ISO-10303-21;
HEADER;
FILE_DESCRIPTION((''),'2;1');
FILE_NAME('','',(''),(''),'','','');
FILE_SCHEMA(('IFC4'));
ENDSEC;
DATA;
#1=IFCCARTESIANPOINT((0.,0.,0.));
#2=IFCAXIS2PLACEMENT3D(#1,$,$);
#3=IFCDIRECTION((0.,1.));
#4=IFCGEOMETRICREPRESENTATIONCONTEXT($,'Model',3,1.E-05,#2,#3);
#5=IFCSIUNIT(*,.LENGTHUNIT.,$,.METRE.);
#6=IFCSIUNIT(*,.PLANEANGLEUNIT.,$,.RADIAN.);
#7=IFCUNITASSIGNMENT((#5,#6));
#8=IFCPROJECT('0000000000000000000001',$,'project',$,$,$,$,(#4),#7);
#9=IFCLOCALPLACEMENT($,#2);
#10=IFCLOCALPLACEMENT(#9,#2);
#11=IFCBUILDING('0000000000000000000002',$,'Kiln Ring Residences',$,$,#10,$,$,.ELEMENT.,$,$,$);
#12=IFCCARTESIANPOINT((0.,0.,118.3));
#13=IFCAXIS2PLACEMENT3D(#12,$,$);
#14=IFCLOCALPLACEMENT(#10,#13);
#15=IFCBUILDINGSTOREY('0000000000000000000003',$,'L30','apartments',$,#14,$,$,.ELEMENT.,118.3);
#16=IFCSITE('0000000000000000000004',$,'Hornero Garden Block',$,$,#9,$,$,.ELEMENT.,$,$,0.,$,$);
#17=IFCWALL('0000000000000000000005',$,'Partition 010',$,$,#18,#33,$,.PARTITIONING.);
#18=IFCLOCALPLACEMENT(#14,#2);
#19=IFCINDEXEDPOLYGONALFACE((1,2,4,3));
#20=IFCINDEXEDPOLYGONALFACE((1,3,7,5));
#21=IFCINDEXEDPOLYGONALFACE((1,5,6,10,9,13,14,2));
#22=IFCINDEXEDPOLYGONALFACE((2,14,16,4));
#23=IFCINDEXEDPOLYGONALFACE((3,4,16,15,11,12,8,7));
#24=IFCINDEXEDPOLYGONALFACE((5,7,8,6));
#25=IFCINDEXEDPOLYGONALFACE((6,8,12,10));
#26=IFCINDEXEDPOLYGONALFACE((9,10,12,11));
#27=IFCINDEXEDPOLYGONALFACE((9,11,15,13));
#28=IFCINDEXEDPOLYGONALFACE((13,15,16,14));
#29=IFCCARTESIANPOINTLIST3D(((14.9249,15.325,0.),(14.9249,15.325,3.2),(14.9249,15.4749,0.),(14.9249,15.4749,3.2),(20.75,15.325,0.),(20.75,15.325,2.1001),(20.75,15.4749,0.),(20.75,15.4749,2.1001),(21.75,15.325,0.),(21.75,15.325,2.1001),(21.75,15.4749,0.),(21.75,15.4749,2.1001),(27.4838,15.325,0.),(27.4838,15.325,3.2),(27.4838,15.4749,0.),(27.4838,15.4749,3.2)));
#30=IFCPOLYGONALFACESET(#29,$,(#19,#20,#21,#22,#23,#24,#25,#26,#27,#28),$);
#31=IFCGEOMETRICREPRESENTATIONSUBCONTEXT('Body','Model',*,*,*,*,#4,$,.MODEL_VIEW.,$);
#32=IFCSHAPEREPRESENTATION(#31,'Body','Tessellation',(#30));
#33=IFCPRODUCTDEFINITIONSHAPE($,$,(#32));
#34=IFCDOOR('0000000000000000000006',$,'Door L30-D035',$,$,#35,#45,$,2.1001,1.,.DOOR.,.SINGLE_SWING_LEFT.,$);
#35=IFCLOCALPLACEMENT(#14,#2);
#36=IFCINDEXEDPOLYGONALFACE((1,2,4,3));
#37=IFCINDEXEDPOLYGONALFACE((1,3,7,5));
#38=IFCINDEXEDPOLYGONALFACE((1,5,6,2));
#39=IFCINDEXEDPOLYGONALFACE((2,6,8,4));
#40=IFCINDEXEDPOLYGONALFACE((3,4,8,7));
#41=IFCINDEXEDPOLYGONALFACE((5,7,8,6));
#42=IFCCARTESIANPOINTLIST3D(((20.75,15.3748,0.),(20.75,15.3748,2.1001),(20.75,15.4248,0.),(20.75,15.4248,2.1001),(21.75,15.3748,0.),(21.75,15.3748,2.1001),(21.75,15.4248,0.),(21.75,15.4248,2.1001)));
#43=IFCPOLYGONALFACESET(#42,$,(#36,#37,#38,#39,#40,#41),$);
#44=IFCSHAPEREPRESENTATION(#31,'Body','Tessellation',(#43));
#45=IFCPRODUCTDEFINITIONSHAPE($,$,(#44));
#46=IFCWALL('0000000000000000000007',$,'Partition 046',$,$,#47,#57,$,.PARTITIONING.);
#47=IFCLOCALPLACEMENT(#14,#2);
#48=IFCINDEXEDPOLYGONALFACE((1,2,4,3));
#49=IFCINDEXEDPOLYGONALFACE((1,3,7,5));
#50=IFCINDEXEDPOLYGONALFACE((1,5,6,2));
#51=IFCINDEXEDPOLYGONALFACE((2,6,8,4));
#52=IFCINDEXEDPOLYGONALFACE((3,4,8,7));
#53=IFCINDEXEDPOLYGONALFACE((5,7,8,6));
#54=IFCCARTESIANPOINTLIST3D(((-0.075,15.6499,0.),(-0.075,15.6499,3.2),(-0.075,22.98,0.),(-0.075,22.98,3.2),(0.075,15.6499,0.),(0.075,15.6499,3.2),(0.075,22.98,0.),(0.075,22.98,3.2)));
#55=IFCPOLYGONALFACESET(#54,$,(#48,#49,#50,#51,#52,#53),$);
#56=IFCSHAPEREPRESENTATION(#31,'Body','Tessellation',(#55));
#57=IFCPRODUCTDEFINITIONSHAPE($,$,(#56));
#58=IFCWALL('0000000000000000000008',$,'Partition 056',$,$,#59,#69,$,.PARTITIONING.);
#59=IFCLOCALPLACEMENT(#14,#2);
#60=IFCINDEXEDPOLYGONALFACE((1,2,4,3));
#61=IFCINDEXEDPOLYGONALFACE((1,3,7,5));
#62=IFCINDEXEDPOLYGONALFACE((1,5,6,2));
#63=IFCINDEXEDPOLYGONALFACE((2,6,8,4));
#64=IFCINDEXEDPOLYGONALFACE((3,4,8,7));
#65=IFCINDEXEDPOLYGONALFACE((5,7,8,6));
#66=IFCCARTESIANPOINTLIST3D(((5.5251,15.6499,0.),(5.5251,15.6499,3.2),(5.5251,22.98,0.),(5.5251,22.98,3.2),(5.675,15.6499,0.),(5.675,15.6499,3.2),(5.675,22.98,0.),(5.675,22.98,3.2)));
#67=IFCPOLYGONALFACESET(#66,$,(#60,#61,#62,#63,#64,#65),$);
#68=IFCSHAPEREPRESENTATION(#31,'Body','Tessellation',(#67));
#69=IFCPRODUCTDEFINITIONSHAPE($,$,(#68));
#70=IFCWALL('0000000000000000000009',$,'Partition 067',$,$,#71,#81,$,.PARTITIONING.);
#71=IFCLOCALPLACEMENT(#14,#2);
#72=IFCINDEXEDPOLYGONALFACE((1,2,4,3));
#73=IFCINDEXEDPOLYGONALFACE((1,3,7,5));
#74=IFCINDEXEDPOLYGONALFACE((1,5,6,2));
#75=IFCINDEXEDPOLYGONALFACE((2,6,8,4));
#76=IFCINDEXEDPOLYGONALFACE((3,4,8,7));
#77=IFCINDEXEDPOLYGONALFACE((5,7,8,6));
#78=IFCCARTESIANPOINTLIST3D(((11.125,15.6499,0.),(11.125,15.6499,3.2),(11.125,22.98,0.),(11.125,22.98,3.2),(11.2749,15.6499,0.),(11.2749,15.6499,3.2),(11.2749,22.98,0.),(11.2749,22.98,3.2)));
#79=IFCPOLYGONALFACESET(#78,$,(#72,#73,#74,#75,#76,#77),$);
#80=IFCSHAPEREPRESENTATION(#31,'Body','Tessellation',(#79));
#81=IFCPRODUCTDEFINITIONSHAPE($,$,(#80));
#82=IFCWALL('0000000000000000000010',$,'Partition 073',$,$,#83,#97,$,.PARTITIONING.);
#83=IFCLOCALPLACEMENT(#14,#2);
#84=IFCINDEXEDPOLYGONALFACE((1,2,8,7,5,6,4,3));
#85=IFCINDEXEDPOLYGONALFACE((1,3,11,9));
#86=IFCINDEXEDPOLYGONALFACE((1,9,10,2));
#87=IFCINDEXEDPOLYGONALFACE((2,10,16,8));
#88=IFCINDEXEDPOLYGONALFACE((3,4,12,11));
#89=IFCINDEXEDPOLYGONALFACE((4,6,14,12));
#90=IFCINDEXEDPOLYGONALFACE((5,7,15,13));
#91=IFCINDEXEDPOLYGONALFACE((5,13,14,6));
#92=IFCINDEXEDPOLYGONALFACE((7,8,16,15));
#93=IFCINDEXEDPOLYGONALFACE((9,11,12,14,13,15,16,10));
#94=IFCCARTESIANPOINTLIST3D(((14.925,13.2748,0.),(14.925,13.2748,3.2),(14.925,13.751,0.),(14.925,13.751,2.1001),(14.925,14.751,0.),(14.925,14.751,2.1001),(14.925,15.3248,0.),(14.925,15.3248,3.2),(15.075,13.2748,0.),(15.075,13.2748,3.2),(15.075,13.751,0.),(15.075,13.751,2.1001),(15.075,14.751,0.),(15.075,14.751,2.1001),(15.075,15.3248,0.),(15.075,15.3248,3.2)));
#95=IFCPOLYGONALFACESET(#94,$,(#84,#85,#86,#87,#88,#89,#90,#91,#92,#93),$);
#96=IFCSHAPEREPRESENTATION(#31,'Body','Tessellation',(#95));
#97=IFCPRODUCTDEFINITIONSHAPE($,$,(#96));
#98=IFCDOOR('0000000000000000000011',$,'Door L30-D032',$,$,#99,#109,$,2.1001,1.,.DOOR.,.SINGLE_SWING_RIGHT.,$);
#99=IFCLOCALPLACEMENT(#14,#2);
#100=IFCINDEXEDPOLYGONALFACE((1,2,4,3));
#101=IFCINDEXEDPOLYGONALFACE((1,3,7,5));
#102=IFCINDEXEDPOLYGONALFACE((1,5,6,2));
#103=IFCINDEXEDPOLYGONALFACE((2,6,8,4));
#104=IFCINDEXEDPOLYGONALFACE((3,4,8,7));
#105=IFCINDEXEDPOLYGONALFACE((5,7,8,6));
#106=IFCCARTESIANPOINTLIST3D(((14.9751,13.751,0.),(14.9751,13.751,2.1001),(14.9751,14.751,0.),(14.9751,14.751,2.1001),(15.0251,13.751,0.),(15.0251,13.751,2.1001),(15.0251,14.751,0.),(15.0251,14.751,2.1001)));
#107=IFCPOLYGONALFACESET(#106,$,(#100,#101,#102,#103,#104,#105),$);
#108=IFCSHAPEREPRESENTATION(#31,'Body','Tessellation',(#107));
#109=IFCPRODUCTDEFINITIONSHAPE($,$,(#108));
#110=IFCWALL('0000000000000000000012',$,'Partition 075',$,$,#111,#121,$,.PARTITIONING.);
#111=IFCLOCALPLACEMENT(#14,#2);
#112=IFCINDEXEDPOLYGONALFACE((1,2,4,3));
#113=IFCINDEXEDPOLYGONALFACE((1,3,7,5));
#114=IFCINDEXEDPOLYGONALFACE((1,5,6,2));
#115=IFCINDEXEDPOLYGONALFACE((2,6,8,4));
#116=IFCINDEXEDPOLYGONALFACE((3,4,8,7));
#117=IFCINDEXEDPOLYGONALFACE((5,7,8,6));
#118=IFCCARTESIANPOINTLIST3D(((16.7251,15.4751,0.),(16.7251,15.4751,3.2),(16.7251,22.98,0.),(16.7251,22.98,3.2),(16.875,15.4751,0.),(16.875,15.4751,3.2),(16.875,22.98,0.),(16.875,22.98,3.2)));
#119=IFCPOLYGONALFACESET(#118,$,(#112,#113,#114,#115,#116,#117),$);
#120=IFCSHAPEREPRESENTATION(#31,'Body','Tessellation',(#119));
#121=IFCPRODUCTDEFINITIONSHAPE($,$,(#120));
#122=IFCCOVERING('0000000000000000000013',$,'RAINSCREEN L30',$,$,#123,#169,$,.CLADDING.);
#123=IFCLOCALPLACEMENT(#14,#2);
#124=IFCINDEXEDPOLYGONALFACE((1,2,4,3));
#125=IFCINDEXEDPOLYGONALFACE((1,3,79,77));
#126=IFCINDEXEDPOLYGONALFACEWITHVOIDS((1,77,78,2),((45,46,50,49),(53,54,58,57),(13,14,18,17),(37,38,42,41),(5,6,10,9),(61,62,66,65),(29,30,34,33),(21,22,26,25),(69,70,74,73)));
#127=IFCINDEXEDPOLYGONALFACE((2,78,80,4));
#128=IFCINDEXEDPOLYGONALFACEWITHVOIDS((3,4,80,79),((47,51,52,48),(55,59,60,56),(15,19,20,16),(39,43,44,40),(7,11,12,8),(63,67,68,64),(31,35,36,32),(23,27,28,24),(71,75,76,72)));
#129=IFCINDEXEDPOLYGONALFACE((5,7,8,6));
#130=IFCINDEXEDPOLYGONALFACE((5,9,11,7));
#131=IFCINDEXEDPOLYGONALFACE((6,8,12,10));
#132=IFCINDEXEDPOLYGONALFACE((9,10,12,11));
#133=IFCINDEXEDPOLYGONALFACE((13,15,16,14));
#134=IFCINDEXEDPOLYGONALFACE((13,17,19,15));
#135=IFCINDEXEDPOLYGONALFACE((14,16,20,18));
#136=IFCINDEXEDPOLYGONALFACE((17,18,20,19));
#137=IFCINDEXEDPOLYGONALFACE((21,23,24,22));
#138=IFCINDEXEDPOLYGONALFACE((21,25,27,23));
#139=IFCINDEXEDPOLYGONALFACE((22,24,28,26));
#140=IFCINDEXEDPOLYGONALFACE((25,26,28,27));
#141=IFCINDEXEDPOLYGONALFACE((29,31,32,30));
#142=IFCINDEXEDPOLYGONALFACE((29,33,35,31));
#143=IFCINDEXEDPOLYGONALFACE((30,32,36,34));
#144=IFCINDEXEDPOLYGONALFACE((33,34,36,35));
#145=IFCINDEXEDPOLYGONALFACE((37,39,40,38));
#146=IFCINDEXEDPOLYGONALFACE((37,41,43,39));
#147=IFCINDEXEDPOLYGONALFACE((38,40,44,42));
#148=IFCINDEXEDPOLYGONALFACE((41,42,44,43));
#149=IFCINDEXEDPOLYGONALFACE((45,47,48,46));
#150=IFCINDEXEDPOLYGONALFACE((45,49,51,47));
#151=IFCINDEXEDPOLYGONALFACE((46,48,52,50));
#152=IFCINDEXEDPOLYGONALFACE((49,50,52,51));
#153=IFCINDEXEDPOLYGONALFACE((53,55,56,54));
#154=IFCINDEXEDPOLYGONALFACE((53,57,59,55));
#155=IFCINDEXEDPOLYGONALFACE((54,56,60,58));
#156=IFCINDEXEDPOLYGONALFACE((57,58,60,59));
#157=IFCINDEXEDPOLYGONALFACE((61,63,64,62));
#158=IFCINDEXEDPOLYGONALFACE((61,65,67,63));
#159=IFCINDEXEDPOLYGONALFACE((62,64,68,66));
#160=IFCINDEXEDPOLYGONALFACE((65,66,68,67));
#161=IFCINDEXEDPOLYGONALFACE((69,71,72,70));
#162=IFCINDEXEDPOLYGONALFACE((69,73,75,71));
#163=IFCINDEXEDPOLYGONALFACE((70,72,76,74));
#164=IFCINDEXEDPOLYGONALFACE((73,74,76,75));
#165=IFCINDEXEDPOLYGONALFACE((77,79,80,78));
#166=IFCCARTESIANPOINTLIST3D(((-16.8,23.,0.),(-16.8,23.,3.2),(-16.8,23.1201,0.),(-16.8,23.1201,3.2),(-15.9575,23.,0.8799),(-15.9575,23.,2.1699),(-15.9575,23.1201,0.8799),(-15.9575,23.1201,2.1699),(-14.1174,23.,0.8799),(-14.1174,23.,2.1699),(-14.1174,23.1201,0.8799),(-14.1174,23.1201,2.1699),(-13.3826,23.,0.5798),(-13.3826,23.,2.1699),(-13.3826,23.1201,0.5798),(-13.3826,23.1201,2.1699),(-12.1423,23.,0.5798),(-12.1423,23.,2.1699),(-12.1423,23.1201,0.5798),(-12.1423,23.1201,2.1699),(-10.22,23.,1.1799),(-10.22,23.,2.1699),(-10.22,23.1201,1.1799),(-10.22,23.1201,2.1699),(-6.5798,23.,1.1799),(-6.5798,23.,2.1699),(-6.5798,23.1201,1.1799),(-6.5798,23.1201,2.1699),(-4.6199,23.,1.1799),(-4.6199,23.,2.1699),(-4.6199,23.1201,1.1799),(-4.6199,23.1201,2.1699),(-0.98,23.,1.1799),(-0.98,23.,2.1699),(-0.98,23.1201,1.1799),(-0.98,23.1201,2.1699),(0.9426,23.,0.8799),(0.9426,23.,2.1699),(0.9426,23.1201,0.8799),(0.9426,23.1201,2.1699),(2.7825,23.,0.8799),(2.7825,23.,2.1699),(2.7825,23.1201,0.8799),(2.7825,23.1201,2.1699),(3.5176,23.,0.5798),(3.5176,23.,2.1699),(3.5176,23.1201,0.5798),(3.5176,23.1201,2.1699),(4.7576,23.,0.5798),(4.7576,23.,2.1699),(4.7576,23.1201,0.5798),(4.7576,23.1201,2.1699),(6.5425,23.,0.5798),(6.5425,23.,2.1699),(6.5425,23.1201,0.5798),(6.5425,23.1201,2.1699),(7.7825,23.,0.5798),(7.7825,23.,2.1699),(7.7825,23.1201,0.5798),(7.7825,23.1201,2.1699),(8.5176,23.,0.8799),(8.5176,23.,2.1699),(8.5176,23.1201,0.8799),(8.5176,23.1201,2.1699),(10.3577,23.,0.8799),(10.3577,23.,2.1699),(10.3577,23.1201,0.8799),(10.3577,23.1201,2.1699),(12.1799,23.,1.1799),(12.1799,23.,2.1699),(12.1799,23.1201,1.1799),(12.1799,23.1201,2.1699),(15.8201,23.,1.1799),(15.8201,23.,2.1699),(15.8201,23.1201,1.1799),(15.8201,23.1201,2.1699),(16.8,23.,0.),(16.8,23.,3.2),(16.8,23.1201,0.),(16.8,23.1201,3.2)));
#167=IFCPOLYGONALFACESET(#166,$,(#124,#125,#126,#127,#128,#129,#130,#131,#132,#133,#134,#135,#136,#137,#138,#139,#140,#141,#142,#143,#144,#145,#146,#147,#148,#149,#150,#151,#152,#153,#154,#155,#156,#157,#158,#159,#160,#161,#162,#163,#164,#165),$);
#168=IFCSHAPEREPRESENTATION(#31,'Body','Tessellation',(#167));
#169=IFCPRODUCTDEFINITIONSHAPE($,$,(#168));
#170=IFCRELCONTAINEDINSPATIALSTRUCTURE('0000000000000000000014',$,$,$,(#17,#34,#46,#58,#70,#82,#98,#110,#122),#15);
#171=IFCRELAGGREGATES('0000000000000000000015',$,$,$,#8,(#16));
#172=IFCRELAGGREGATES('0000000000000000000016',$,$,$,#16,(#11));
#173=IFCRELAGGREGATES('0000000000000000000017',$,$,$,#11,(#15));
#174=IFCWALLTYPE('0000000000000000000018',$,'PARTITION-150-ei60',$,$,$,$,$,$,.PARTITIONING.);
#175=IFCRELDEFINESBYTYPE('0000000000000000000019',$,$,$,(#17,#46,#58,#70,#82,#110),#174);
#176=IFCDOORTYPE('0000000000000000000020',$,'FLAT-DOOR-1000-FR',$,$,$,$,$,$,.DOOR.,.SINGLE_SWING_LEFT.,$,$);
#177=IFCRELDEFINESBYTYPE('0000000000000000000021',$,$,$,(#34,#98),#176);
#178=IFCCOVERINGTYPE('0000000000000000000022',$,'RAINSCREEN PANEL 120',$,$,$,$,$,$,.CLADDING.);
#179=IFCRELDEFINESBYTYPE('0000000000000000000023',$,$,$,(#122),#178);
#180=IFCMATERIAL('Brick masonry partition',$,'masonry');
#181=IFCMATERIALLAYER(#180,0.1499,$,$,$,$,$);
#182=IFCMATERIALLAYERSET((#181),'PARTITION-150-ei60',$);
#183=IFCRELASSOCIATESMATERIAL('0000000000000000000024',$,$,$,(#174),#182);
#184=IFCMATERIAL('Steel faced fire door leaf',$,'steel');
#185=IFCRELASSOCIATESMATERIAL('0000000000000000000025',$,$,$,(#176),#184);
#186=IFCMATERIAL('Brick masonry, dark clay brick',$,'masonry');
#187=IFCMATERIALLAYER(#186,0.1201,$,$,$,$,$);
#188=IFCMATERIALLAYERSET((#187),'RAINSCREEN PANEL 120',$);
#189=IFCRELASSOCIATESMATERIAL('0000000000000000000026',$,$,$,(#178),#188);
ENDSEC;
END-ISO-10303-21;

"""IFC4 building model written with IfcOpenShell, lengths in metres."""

from ifc_helpers import new_model, si_unit, direction, frame, frame_2d, origin, place, context, subcontext, project, spatial, polyline, rectangle, outline, extrude, material, layer, layer_set, type_object, element, fill, save


model = new_model("IFC4")

# Units and contexts
model_context = context("Model", 3, precision=1e-05, world=origin(), true_north=direction((0.0, 1.0)))
body_context = subcontext(model_context, "Body", "Model", "MODEL_VIEW")
ifc_project = project(units=[si_unit("LENGTHUNIT", "METRE"), si_unit("PLANEANGLEUNIT", "RADIAN")], contexts=[model_context])

# Site, building, storey
site_placement = place(None, origin())
site = spatial("IfcSite", under=ifc_project, at=site_placement, Name="Hornero Garden Block", CompositionType="ELEMENT", RefElevation=0.0)
building_placement = place(site_placement, origin())
building = spatial("IfcBuilding", under=site, at=building_placement, Name="Kiln Ring Residences", CompositionType="ELEMENT")
storey_placement = place(building_placement, frame((0.0, 0.0, 118.3)))
storey = spatial("IfcBuildingStorey", under=building, at=storey_placement, Name="L30", Description="apartments", CompositionType="ELEMENT", Elevation=118.3)

# Wall, opening, door
ifc_material_1 = material(Name="Brick masonry partition", Category="masonry")
ifc_layer_1 = layer(ifc_material_1, 0.1499)
ifc_layer_set_1 = layer_set([ifc_layer_1], Name="PARTITION-150-ei60")
wall_type_1 = type_object("IfcWallType", Name="PARTITION-150-ei60", PredefinedType="PARTITIONING", material=ifc_layer_set_1)
wall_1_placement = place(storey_placement, frame((14.925, 15.3999, 0.0), z_axis=(0.0, 0.0, 1.0), x_axis=(1.0, 0.0, 0.0)))
wall_1 = element("IfcWall", 1, at=wall_1_placement, inside=storey, type_object=wall_type_1, Name="Partition 010", PredefinedType="PARTITIONING", context=body_context, shape_type="SweptSolid", body=[
    extrude(rectangle(XDim=12.5588, YDim=0.1499, at=frame_2d((6.2793, 0.0))), origin(), (0.0, 0.0, 1.0), 3.2),
])
opening_1_placement = place(wall_1_placement, frame((5.825, 0.0, 0.0)))
opening_1 = element("IfcOpeningElement", 2, at=opening_1_placement, cuts=wall_1, PredefinedType="OPENING", context=body_context, shape_type="SweptSolid", body=[
    extrude(rectangle(XDim=1.0, YDim=2.1001, at=frame_2d((0.5, 1.05))), frame((0.0, 0.085, 0.0), z_axis=(0.0, -1.0, 0.0), x_axis=(1.0, 0.0, 0.0)), (0.0, 0.0, 1.0), 0.1699),
])
ifc_material_2 = material(Name="Steel faced fire door leaf", Category="steel")
door_type_1 = type_object("IfcDoorType", Name="FLAT-DOOR-1000-FR", OperationType="SINGLE_SWING_LEFT", PredefinedType="DOOR", material=ifc_material_2)
door_1_placement = place(opening_1_placement, origin())
door_1 = element("IfcDoor", 3, at=door_1_placement, inside=storey, type_object=door_type_1, Name="Door L30-D035", OperationType="SINGLE_SWING_LEFT", OverallHeight=2.1001, OverallWidth=1.0, PredefinedType="DOOR", context=body_context, shape_type="SweptSolid", body=[
    extrude(rectangle(XDim=1.0, YDim=2.1001, at=frame_2d((0.5, 1.05))), frame((0.0, 0.0249, 0.0), z_axis=(0.0, -1.0, 0.0), x_axis=(1.0, 0.0, 0.0)), (0.0, 0.0, 1.0), 0.05),
])
fill(opening_1, door_1)

# Walls
for number, where, z_axis, x_axis, name in (
    (4, (0.0, 15.6499, 0.0), (0.0, 0.0, 1.0), (0.0, 1.0, 0.0), "Partition 046"),
    (5, (5.6001, 15.6499, 0.0), (0.0, 0.0, 1.0), (0.0, 1.0, 0.0), "Partition 056"),
    (6, (11.2, 15.6499, 0.0), (0.0, 0.0, 1.0), (0.0, 1.0, 0.0), "Partition 067"),
):
    element("IfcWall", number, at=place(storey_placement, frame(where, z_axis=z_axis, x_axis=x_axis)), inside=storey, type_object=wall_type_1, Name=name, PredefinedType="PARTITIONING", context=body_context, shape_type="SweptSolid", body=[
        extrude(rectangle(XDim=7.3301, YDim=0.1499, at=frame_2d((3.665, 0.0))), origin(), (0.0, 0.0, 1.0), 3.2),
    ])

# Wall, opening, door
wall_2_placement = place(storey_placement, frame((15.0, 13.2749, 0.0), z_axis=(0.0, 0.0, 1.0), x_axis=(0.0, 1.0, 0.0)))
wall_2 = element("IfcWall", 7, at=wall_2_placement, inside=storey, type_object=wall_type_1, Name="Partition 073", PredefinedType="PARTITIONING", context=body_context, shape_type="SweptSolid", body=[
    extrude(rectangle(XDim=2.05, YDim=0.1499, at=frame_2d((1.0249, 0.0))), origin(), (0.0, 0.0, 1.0), 3.2),
])
opening_2_placement = place(wall_2_placement, frame((0.4761, 0.0, 0.0)))
opening_2 = element("IfcOpeningElement", 8, at=opening_2_placement, cuts=wall_2, PredefinedType="OPENING", context=body_context, shape_type="SweptSolid", body=[
    extrude(rectangle(XDim=1.0, YDim=2.1001, at=frame_2d((0.5, 1.05))), frame((0.0, 0.085, 0.0), z_axis=(0.0, -1.0, 0.0), x_axis=(1.0, 0.0, 0.0)), (0.0, 0.0, 1.0), 0.1699),
])
door_2_placement = place(opening_2_placement, origin())
door_2 = element("IfcDoor", 9, at=door_2_placement, inside=storey, type_object=door_type_1, Name="Door L30-D032", OperationType="SINGLE_SWING_RIGHT", OverallHeight=2.1001, OverallWidth=1.0, PredefinedType="DOOR", context=body_context, shape_type="SweptSolid", body=[
    extrude(rectangle(XDim=1.0, YDim=2.1001, at=frame_2d((0.5, 1.05))), frame((0.0, 0.0249, 0.0), z_axis=(0.0, -1.0, 0.0), x_axis=(1.0, 0.0, 0.0)), (0.0, 0.0, 1.0), 0.05),
])
fill(opening_2, door_2)

# Wall
wall_3_placement = place(storey_placement, frame((16.8, 15.4751, 0.0), z_axis=(0.0, 0.0, 1.0), x_axis=(0.0, 1.0, 0.0)))
element("IfcWall", 10, at=wall_3_placement, inside=storey, type_object=wall_type_1, Name="Partition 075", PredefinedType="PARTITIONING", context=body_context, shape_type="SweptSolid", body=[
    extrude(rectangle(XDim=7.5049, YDim=0.1499, at=frame_2d((3.7524, 0.0))), origin(), (0.0, 0.0, 1.0), 3.2),
])

# Covering
ifc_material_3 = material(Name="Brick masonry, dark clay brick", Category="masonry")
ifc_layer_2 = layer(ifc_material_3, 0.1201)
ifc_layer_set_2 = layer_set([ifc_layer_2], Name="RAINSCREEN PANEL 120")
covering_type = type_object("IfcCoveringType", Name="RAINSCREEN PANEL 120", PredefinedType="CLADDING", material=ifc_layer_set_2)
covering_placement = place(storey_placement, frame((16.8, 23.0601, 0.0), z_axis=(0.0, 0.0, 1.0), x_axis=(-1.0, 0.0, 0.0)))
element("IfcCovering", 11, at=covering_placement, inside=storey, type_object=covering_type, Name="RAINSCREEN L30", PredefinedType="CLADDING", context=body_context, shape_type="SweptSolid", body=[
    extrude(outline(polyline([(0.0, 0.0), (33.6001, 0.0), (33.6001, 3.2), (0.0, 3.2), (0.0, 0.0)]), holes=[polyline([(9.0176, 0.5798), (10.2576, 0.5798), (10.2576, 2.1699), (9.0176, 2.1699), (9.0176, 0.5798)]), polyline([(12.0425, 0.5798), (13.2825, 0.5798), (13.2825, 2.1699), (12.0425, 2.1699), (12.0425, 0.5798)]), polyline([(28.9424, 0.5798), (30.1826, 0.5798), (30.1826, 2.1699), (28.9424, 2.1699), (28.9424, 0.5798)]), polyline([(6.4424, 0.8799), (8.2825, 0.8799), (8.2825, 2.1699), (6.4424, 2.1699), (6.4424, 0.8799)]), polyline([(14.0176, 0.8799), (15.8574, 0.8799), (15.8574, 2.1699), (14.0176, 2.1699), (14.0176, 0.8799)]), polyline([(30.9175, 0.8799), (32.7576, 0.8799), (32.7576, 2.1699), (30.9175, 2.1699), (30.9175, 0.8799)]), polyline([(0.98, 1.1799), (4.6201, 1.1799), (4.6201, 2.1699), (0.98, 2.1699), (0.98, 1.1799)]), polyline([(17.78, 2.1699), (17.78, 1.1799), (21.4199, 1.1799), (21.4199, 2.1699), (17.78, 2.1699)]), polyline([(23.3799, 2.1699), (23.3799, 1.1799), (27.02, 1.1799), (27.02, 2.1699), (23.3799, 2.1699)])]), frame((0.0, 0.0601, 0.0), z_axis=(0.0, -1.0, 0.0), x_axis=(1.0, 0.0, 0.0)), (0.0, 0.0, 1.0), 0.1201),
])

save(model, "model.ifc")
